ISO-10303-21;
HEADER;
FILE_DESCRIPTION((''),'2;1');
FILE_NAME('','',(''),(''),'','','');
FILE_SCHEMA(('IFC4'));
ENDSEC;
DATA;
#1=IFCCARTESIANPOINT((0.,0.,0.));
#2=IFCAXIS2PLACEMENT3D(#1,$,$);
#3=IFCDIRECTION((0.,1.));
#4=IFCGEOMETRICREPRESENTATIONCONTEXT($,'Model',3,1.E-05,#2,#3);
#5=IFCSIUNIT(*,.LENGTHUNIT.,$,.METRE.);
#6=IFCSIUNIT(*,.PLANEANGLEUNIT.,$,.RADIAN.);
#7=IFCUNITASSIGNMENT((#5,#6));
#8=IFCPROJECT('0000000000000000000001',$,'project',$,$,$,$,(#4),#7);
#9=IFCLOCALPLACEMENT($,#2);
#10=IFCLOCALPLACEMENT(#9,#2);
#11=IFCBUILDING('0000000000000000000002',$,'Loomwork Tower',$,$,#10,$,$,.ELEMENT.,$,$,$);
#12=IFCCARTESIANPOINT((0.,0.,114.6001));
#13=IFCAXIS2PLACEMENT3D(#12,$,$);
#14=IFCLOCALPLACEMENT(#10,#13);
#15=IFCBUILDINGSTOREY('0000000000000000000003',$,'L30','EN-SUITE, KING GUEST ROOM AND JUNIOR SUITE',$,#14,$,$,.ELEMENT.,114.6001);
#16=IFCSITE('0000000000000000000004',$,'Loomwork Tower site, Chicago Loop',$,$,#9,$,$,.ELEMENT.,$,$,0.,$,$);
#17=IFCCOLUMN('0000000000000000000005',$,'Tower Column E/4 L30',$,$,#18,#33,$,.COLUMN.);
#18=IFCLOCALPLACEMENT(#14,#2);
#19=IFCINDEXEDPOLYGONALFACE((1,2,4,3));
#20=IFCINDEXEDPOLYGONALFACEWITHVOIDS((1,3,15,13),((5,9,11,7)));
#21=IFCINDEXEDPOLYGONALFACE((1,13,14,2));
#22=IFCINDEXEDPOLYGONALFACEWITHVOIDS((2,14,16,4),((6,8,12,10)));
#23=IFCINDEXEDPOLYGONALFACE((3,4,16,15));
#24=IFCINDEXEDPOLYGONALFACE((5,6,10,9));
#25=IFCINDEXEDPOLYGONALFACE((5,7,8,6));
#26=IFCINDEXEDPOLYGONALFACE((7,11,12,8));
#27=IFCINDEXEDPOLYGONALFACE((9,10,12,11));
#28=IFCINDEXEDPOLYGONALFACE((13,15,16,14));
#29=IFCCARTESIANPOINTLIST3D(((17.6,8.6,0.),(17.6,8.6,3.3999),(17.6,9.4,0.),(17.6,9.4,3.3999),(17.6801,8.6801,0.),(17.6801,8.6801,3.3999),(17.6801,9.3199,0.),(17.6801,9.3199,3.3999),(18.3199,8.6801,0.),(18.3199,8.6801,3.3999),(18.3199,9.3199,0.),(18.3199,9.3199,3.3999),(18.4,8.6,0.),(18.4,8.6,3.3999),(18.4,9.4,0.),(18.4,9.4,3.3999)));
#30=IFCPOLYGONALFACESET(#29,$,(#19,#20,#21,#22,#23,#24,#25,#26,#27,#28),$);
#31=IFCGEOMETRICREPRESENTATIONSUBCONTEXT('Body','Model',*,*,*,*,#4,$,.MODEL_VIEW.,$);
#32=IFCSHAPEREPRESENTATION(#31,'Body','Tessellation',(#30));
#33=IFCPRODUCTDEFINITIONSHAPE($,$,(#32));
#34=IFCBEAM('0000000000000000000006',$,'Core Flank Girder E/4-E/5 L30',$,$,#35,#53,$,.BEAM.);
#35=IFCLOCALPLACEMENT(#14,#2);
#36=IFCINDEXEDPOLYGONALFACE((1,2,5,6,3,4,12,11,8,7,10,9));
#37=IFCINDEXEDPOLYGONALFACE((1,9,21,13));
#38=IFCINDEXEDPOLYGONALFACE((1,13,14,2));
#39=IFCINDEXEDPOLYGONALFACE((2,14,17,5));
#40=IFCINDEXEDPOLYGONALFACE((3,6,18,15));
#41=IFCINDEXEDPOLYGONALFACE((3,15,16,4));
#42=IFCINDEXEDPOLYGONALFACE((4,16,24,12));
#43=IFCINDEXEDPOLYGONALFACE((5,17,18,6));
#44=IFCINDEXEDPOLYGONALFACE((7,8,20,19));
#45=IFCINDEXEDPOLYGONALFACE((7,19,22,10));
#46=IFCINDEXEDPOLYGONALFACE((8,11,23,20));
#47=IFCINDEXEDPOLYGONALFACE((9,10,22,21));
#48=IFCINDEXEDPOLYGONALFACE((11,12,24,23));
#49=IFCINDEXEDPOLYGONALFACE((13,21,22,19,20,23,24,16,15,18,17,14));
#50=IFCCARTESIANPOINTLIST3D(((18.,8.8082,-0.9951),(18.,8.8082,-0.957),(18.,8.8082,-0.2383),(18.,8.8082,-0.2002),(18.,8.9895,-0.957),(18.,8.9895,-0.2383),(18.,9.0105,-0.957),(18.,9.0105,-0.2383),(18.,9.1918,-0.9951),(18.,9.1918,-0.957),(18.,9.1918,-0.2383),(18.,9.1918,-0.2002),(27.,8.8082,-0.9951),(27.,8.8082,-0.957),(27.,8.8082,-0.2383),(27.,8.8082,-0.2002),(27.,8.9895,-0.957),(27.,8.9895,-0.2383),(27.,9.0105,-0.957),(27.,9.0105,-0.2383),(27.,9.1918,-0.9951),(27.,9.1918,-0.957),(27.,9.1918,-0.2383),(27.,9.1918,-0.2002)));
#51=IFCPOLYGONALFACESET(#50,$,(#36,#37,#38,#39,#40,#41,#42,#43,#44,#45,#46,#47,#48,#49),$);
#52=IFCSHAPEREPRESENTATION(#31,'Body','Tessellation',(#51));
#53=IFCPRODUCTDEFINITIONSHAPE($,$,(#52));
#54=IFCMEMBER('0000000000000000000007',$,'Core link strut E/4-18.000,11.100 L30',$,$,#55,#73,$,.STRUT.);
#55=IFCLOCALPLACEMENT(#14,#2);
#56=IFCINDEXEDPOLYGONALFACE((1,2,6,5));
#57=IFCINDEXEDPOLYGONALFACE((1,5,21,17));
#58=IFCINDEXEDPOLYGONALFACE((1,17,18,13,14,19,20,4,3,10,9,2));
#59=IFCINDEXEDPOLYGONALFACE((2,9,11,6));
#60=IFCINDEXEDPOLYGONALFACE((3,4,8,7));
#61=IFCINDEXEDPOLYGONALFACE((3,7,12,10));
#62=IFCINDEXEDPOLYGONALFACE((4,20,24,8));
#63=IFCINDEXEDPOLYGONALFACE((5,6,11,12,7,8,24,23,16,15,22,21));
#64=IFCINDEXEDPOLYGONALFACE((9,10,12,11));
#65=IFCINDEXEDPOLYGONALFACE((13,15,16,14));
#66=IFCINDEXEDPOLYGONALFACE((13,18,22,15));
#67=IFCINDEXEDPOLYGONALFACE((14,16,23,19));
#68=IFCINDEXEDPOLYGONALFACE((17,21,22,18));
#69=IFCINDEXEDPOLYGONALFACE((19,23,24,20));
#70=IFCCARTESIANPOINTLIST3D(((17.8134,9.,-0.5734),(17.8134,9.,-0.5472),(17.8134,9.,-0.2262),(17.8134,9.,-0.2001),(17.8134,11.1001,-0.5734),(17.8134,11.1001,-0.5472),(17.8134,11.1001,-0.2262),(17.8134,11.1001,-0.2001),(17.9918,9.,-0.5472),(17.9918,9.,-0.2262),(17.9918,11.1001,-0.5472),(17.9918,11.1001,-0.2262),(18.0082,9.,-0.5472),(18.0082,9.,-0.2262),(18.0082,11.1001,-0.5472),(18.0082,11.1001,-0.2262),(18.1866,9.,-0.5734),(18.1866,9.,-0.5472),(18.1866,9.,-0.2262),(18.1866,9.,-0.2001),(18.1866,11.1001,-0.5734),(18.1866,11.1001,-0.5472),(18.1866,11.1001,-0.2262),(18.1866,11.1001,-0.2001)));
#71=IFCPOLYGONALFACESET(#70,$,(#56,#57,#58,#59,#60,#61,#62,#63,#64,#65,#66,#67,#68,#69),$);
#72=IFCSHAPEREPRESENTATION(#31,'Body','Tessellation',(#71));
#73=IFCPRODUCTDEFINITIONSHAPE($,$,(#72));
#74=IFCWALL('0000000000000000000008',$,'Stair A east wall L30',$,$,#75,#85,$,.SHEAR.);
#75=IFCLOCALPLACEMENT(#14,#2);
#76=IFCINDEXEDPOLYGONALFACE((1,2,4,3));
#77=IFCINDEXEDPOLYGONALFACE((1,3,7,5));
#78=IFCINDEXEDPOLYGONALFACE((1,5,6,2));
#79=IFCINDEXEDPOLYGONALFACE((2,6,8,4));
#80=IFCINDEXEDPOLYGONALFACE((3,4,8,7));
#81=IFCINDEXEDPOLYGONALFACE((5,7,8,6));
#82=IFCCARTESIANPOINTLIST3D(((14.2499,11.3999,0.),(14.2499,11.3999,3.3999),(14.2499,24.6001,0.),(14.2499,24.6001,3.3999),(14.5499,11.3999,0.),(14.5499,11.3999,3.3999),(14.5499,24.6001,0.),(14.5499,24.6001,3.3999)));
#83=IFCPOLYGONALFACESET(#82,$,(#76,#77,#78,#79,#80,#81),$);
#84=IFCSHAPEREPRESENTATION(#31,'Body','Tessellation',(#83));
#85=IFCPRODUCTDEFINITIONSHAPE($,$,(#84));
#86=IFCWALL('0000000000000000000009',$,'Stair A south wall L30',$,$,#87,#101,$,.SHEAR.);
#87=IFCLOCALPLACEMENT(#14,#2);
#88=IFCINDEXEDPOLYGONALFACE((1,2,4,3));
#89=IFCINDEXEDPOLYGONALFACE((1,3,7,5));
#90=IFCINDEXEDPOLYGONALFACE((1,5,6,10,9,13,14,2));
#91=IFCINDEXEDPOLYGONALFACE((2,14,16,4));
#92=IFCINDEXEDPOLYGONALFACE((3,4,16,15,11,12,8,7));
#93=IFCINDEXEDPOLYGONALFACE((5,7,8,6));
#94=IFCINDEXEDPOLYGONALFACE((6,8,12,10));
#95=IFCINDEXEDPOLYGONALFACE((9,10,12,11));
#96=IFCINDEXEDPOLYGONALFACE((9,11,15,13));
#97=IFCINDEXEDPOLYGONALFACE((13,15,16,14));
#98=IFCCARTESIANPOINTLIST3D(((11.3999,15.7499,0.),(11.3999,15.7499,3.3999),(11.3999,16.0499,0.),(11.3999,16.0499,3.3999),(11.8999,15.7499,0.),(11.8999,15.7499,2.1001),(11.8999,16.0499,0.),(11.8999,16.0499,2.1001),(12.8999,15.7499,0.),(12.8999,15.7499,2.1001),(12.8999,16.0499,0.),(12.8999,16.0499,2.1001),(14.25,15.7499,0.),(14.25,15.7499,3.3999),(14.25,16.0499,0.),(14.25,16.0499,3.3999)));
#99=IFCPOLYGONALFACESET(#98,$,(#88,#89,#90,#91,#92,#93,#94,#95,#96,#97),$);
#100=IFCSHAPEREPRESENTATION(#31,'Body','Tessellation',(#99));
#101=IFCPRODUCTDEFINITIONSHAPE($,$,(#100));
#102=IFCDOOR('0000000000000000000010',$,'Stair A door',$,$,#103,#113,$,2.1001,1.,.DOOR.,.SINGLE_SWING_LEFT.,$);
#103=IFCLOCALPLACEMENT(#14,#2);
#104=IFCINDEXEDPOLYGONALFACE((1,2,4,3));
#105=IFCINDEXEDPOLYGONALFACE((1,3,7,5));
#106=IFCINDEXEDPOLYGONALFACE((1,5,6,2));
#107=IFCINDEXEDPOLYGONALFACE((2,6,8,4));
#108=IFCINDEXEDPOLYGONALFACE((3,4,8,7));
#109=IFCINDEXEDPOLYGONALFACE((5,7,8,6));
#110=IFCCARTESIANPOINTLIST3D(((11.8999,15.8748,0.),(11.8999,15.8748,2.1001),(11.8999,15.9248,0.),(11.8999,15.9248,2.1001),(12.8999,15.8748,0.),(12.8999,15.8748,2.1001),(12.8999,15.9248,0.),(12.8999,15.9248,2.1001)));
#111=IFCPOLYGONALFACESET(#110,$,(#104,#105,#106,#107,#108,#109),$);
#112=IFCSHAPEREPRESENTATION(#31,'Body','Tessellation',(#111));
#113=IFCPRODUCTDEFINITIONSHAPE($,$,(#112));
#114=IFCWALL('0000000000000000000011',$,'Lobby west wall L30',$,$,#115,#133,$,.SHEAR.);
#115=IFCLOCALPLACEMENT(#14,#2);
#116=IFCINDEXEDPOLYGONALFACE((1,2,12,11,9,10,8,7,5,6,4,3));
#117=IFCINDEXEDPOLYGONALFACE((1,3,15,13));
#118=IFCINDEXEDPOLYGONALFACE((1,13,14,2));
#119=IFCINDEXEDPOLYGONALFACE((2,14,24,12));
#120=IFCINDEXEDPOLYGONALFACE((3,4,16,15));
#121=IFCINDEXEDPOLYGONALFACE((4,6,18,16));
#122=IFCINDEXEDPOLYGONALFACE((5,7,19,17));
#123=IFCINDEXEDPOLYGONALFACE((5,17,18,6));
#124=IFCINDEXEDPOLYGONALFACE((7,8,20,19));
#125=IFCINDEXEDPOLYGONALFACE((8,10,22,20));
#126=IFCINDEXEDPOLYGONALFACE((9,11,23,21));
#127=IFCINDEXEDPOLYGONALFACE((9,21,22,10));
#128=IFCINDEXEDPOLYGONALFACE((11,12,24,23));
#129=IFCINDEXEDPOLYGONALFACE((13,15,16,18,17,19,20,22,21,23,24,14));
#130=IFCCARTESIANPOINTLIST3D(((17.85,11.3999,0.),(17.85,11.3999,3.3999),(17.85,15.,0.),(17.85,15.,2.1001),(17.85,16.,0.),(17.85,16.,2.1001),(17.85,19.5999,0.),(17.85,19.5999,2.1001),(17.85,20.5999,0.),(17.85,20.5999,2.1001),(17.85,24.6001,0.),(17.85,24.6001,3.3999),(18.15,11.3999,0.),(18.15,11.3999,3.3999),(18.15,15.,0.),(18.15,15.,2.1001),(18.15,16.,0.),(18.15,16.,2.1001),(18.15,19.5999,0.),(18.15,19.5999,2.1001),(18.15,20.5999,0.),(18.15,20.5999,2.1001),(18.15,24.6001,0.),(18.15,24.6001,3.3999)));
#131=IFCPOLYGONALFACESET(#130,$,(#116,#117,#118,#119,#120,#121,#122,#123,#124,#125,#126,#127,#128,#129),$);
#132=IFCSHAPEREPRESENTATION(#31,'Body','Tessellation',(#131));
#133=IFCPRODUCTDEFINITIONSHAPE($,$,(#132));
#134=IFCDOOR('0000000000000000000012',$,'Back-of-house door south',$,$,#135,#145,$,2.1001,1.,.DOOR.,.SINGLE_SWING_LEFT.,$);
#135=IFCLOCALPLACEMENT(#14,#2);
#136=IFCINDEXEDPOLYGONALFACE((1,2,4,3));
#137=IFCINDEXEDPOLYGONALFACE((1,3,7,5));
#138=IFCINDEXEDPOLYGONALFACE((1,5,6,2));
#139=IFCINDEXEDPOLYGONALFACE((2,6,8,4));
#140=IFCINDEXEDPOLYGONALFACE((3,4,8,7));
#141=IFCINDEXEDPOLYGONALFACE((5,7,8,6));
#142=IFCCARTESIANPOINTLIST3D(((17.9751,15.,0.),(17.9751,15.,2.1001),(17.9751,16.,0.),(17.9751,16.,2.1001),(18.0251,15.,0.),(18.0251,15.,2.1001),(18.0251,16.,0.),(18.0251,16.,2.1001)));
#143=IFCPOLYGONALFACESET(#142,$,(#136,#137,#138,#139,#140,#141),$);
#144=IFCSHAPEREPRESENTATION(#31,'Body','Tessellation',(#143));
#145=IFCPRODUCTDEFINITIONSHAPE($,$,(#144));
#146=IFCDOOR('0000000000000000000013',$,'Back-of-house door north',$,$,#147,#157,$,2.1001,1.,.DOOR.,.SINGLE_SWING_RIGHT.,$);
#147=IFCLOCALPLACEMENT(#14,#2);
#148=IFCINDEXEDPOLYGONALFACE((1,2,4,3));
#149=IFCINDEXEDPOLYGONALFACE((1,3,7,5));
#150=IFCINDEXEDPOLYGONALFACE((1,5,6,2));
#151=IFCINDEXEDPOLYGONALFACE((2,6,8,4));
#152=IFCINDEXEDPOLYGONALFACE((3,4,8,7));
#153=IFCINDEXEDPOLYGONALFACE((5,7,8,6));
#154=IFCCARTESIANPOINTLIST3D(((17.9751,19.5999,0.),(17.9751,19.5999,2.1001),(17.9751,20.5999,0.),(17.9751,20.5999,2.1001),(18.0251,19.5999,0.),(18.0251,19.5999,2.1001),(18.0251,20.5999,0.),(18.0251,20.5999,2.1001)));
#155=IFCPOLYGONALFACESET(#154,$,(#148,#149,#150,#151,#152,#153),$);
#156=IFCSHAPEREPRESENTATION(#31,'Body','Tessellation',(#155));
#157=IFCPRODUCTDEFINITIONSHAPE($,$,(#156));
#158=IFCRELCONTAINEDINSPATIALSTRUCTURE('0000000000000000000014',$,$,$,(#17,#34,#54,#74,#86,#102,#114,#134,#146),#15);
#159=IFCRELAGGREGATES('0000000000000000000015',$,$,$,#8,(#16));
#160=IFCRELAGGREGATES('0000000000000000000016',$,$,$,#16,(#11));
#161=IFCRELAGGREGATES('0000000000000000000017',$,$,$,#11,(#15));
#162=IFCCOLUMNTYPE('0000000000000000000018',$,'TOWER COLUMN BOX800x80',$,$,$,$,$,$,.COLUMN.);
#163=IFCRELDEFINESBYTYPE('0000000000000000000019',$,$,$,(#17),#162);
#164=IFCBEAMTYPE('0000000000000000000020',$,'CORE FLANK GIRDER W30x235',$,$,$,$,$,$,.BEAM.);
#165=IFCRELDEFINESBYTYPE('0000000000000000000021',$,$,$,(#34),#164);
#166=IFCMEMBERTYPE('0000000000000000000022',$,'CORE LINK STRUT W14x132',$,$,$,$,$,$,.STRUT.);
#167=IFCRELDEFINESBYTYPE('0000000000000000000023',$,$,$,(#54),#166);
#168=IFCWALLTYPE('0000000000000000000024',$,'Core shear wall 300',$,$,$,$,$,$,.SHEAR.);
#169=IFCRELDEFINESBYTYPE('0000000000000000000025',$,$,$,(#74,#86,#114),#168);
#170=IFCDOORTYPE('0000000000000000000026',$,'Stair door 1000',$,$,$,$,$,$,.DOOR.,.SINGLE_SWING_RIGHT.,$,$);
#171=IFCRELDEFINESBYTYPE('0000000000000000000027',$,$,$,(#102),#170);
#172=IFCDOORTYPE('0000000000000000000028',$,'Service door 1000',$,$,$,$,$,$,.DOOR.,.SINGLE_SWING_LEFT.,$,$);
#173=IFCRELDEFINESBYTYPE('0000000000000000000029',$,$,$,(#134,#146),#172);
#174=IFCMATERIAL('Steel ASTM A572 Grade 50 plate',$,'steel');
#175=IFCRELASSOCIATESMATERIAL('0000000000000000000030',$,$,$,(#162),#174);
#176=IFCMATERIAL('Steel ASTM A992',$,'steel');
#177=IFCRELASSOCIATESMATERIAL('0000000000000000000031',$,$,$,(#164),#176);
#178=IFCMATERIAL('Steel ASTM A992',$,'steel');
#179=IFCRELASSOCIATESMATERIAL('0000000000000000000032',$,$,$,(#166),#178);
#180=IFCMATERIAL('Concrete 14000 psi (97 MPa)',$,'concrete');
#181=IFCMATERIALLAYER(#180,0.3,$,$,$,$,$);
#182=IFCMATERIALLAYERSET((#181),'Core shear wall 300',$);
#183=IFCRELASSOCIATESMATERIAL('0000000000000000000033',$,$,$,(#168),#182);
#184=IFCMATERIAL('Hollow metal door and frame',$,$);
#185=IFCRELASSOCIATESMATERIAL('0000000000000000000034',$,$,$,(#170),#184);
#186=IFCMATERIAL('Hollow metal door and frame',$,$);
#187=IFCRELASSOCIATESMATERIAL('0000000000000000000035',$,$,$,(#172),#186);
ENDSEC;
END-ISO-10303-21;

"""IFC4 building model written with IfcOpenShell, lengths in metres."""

from ifc_helpers import new_model, si_unit, direction, frame, frame_2d, origin, origin_2d, place, context, subcontext, project, spatial, rectangle, hollow_rectangle, i_section, extrude, material, layer, layer_set, material_profile, profile_set, type_object, element, fill, save


model = new_model("IFC4")

# Units and contexts
model_context = context("Model", 3, precision=1e-05, world=origin(), true_north=direction((0.0, 1.0)))
body_context = subcontext(model_context, "Body", "Model", "MODEL_VIEW")
ifc_project = project(units=[si_unit("LENGTHUNIT", "METRE"), si_unit("PLANEANGLEUNIT", "RADIAN")], contexts=[model_context])

# Site, building, storey
site_placement = place(None, origin())
site = spatial("IfcSite", under=ifc_project, at=site_placement, Name="Loomwork Tower site, Chicago Loop", CompositionType="ELEMENT", RefElevation=0.0)
building_placement = place(site_placement, origin())
building = spatial("IfcBuilding", under=site, at=building_placement, Name="Loomwork Tower", CompositionType="ELEMENT")
storey_placement = place(building_placement, frame((0.0, 0.0, 114.6001)))
storey = spatial("IfcBuildingStorey", under=building, at=storey_placement, Name="L30", Description="EN-SUITE, KING GUEST ROOM AND JUNIOR SUITE", CompositionType="ELEMENT", Elevation=114.6001)

# Column
ifc_material_1 = material(Name="Steel ASTM A572 Grade 50 plate", Category="steel")
ifc_material_profile_1 = material_profile(ifc_material_1, hollow_rectangle(XDim=0.8, YDim=0.8, WallThickness=0.0801, at=origin_2d()), Name="BOX800x80")
ifc_profile_set_1 = profile_set([ifc_material_profile_1], Name="Steel ASTM A572 Grade 50 plate")
column_type = type_object("IfcColumnType", Name="TOWER COLUMN BOX800x80", PredefinedType="COLUMN", material=ifc_profile_set_1)
column_placement = place(storey_placement, frame((18.0, 9.0, 0.0), z_axis=(0.0, 0.0, 1.0), x_axis=(1.0, 0.0, 0.0)))
element("IfcColumn", 1, at=column_placement, inside=storey, type_object=column_type, Name="Tower Column E/4 L30", PredefinedType="COLUMN", context=body_context, shape_type="SweptSolid", body=[
    extrude(hollow_rectangle(XDim=0.8, YDim=0.8, WallThickness=0.0801, at=origin_2d()), origin(), (0.0, 0.0, 1.0), 3.3999),
])

# Beam
ifc_material_2 = material(Name="Steel ASTM A992", Category="steel")
ifc_material_profile_2 = material_profile(ifc_material_2, i_section(OverallWidth=0.3835, OverallDepth=0.7949, WebThickness=0.021, FlangeThickness=0.0381, at=origin_2d()), Name="W30x235")
ifc_profile_set_2 = profile_set([ifc_material_profile_2], Name="Steel ASTM A992")
beam_type = type_object("IfcBeamType", Name="CORE FLANK GIRDER W30x235", PredefinedType="BEAM", material=ifc_profile_set_2)
beam_placement = place(storey_placement, frame((18.0, 9.0, -0.5977), z_axis=(1.0, 0.0, 0.0), x_axis=(0.0, 1.0, 0.0)))
element("IfcBeam", 2, at=beam_placement, inside=storey, type_object=beam_type, Name="Core Flank Girder E/4-E/5 L30", PredefinedType="BEAM", context=body_context, shape_type="SweptSolid", body=[
    extrude(i_section(OverallWidth=0.3835, OverallDepth=0.7949, WebThickness=0.021, FlangeThickness=0.0381, at=origin_2d()), origin(), (0.0, 0.0, 1.0), 9.0),
])

# Member
ifc_material_3 = material(Name="Steel ASTM A992", Category="steel")
ifc_material_profile_3 = material_profile(ifc_material_3, i_section(OverallWidth=0.3733, OverallDepth=0.3733, WebThickness=0.0164, FlangeThickness=0.0261, at=origin_2d()), Name="W14x132")
ifc_profile_set_3 = profile_set([ifc_material_profile_3], Name="Steel ASTM A992")
member_type = type_object("IfcMemberType", Name="CORE LINK STRUT W14x132", PredefinedType="STRUT", material=ifc_profile_set_3)
member_placement = place(storey_placement, frame((18.0, 9.0, -0.3867), z_axis=(0.0, 1.0, 0.0), x_axis=(-1.0, 0.0, 0.0)))
element("IfcMember", 3, at=member_placement, inside=storey, type_object=member_type, Name="Core link strut E/4-18.000,11.100 L30", PredefinedType="STRUT", context=body_context, shape_type="SweptSolid", body=[
    extrude(i_section(OverallWidth=0.3733, OverallDepth=0.3733, WebThickness=0.0164, FlangeThickness=0.0261, at=origin_2d()), origin(), (0.0, 0.0, 1.0), 2.1001),
])

# Wall
ifc_material_4 = material(Name="Concrete 14000 psi (97 MPa)", Category="concrete")
ifc_layer_1 = layer(ifc_material_4, 0.3)
ifc_layer_set_1 = layer_set([ifc_layer_1], Name="Core shear wall 300")
wall_type_1 = type_object("IfcWallType", Name="Core shear wall 300", PredefinedType="SHEAR", material=ifc_layer_set_1)
wall_1_placement = place(storey_placement, frame((14.3999, 11.3999, 0.0), z_axis=(0.0, 0.0, 1.0), x_axis=(0.0, 1.0, 0.0)))
element("IfcWall", 4, at=wall_1_placement, inside=storey, type_object=wall_type_1, Name="Stair A east wall L30", PredefinedType="SHEAR", context=body_context, shape_type="SweptSolid", body=[
    extrude(rectangle(XDim=13.2002, YDim=0.3, at=frame_2d((6.6001, 0.0))), origin(), (0.0, 0.0, 1.0), 3.3999),
])

# Wall, opening, door
wall_2_placement = place(storey_placement, frame((11.3999, 15.8999, 0.0), z_axis=(0.0, 0.0, 1.0), x_axis=(1.0, 0.0, 0.0)))
wall_2 = element("IfcWall", 5, at=wall_2_placement, inside=storey, type_object=wall_type_1, Name="Stair A south wall L30", PredefinedType="SHEAR", context=body_context, shape_type="SweptSolid", body=[
    extrude(rectangle(XDim=2.8501, YDim=0.3, at=frame_2d((1.425, 0.0))), origin(), (0.0, 0.0, 1.0), 3.3999),
])
opening_1_placement = place(wall_2_placement, frame((0.5, 0.0, 0.0)))
opening_1 = element("IfcOpeningElement", 6, at=opening_1_placement, cuts=wall_2, PredefinedType="OPENING", context=body_context, shape_type="SweptSolid", body=[
    extrude(rectangle(XDim=1.0, YDim=2.1001, at=frame_2d((0.5, 1.05))), frame((0.0, 0.1599, 0.0), z_axis=(0.0, -1.0, 0.0), x_axis=(1.0, 0.0, 0.0)), (0.0, 0.0, 1.0), 0.3201),
])
ifc_material_5 = material(Name="Hollow metal door and frame")
door_type_1 = type_object("IfcDoorType", Name="Stair door 1000", OperationType="SINGLE_SWING_RIGHT", PredefinedType="DOOR", material=ifc_material_5)
door_1_placement = place(opening_1_placement, origin())
door_1 = element("IfcDoor", 7, at=door_1_placement, inside=storey, type_object=door_type_1, Name="Stair A door", OperationType="SINGLE_SWING_LEFT", OverallHeight=2.1001, OverallWidth=1.0, PredefinedType="DOOR", context=body_context, shape_type="SweptSolid", body=[
    extrude(rectangle(XDim=1.0, YDim=2.1001, at=frame_2d((0.5, 1.05))), frame((0.0, 0.0249, 0.0), z_axis=(0.0, -1.0, 0.0), x_axis=(1.0, 0.0, 0.0)), (0.0, 0.0, 1.0), 0.05),
])
fill(opening_1, door_1)

# Wall, openings, doors
wall_3_placement = place(storey_placement, frame((18.0, 11.3999, 0.0), z_axis=(0.0, 0.0, 1.0), x_axis=(0.0, 1.0, 0.0)))
wall_3 = element("IfcWall", 8, at=wall_3_placement, inside=storey, type_object=wall_type_1, Name="Lobby west wall L30", PredefinedType="SHEAR", context=body_context, shape_type="SweptSolid", body=[
    extrude(rectangle(XDim=13.2002, YDim=0.3, at=frame_2d((6.6001, 0.0))), origin(), (0.0, 0.0, 1.0), 3.3999),
])
opening_2_placement = place(wall_3_placement, frame((3.6001, 0.0, 0.0)))
opening_2 = element("IfcOpeningElement", 9, at=opening_2_placement, cuts=wall_3, PredefinedType="OPENING", context=body_context, shape_type="SweptSolid", body=[
    extrude(rectangle(XDim=1.0, YDim=2.1001, at=frame_2d((0.5, 1.05))), frame((0.0, 0.1599, 0.0), z_axis=(0.0, -1.0, 0.0), x_axis=(1.0, 0.0, 0.0)), (0.0, 0.0, 1.0), 0.3201),
])
opening_3_placement = place(wall_3_placement, frame((8.2, 0.0, 0.0)))
opening_3 = element("IfcOpeningElement", 10, at=opening_3_placement, cuts=wall_3, PredefinedType="OPENING", context=body_context, shape_type="SweptSolid", body=[
    extrude(rectangle(XDim=1.0, YDim=2.1001, at=frame_2d((0.5, 1.05))), frame((0.0, 0.1599, 0.0), z_axis=(0.0, -1.0, 0.0), x_axis=(1.0, 0.0, 0.0)), (0.0, 0.0, 1.0), 0.3201),
])
ifc_material_6 = material(Name="Hollow metal door and frame")
door_type_2 = type_object("IfcDoorType", Name="Service door 1000", OperationType="SINGLE_SWING_LEFT", PredefinedType="DOOR", material=ifc_material_6)
door_2_placement = place(opening_2_placement, origin())
door_2 = element("IfcDoor", 11, at=door_2_placement, inside=storey, type_object=door_type_2, Name="Back-of-house door south", OperationType="SINGLE_SWING_LEFT", OverallHeight=2.1001, OverallWidth=1.0, PredefinedType="DOOR", context=body_context, shape_type="SweptSolid", body=[
    extrude(rectangle(XDim=1.0, YDim=2.1001, at=frame_2d((0.5, 1.05))), frame((0.0, 0.0249, 0.0), z_axis=(0.0, -1.0, 0.0), x_axis=(1.0, 0.0, 0.0)), (0.0, 0.0, 1.0), 0.05),
])
fill(opening_2, door_2)
door_3_placement = place(opening_3_placement, origin())
door_3 = element("IfcDoor", 12, at=door_3_placement, inside=storey, type_object=door_type_2, Name="Back-of-house door north", OperationType="SINGLE_SWING_RIGHT", OverallHeight=2.1001, OverallWidth=1.0, PredefinedType="DOOR", context=body_context, shape_type="SweptSolid", body=[
    extrude(rectangle(XDim=1.0, YDim=2.1001, at=frame_2d((0.5, 1.05))), frame((0.0, 0.0249, 0.0), z_axis=(0.0, -1.0, 0.0), x_axis=(1.0, 0.0, 0.0)), (0.0, 0.0, 1.0), 0.05),
])
fill(opening_3, door_3)

save(model, "model.ifc")
